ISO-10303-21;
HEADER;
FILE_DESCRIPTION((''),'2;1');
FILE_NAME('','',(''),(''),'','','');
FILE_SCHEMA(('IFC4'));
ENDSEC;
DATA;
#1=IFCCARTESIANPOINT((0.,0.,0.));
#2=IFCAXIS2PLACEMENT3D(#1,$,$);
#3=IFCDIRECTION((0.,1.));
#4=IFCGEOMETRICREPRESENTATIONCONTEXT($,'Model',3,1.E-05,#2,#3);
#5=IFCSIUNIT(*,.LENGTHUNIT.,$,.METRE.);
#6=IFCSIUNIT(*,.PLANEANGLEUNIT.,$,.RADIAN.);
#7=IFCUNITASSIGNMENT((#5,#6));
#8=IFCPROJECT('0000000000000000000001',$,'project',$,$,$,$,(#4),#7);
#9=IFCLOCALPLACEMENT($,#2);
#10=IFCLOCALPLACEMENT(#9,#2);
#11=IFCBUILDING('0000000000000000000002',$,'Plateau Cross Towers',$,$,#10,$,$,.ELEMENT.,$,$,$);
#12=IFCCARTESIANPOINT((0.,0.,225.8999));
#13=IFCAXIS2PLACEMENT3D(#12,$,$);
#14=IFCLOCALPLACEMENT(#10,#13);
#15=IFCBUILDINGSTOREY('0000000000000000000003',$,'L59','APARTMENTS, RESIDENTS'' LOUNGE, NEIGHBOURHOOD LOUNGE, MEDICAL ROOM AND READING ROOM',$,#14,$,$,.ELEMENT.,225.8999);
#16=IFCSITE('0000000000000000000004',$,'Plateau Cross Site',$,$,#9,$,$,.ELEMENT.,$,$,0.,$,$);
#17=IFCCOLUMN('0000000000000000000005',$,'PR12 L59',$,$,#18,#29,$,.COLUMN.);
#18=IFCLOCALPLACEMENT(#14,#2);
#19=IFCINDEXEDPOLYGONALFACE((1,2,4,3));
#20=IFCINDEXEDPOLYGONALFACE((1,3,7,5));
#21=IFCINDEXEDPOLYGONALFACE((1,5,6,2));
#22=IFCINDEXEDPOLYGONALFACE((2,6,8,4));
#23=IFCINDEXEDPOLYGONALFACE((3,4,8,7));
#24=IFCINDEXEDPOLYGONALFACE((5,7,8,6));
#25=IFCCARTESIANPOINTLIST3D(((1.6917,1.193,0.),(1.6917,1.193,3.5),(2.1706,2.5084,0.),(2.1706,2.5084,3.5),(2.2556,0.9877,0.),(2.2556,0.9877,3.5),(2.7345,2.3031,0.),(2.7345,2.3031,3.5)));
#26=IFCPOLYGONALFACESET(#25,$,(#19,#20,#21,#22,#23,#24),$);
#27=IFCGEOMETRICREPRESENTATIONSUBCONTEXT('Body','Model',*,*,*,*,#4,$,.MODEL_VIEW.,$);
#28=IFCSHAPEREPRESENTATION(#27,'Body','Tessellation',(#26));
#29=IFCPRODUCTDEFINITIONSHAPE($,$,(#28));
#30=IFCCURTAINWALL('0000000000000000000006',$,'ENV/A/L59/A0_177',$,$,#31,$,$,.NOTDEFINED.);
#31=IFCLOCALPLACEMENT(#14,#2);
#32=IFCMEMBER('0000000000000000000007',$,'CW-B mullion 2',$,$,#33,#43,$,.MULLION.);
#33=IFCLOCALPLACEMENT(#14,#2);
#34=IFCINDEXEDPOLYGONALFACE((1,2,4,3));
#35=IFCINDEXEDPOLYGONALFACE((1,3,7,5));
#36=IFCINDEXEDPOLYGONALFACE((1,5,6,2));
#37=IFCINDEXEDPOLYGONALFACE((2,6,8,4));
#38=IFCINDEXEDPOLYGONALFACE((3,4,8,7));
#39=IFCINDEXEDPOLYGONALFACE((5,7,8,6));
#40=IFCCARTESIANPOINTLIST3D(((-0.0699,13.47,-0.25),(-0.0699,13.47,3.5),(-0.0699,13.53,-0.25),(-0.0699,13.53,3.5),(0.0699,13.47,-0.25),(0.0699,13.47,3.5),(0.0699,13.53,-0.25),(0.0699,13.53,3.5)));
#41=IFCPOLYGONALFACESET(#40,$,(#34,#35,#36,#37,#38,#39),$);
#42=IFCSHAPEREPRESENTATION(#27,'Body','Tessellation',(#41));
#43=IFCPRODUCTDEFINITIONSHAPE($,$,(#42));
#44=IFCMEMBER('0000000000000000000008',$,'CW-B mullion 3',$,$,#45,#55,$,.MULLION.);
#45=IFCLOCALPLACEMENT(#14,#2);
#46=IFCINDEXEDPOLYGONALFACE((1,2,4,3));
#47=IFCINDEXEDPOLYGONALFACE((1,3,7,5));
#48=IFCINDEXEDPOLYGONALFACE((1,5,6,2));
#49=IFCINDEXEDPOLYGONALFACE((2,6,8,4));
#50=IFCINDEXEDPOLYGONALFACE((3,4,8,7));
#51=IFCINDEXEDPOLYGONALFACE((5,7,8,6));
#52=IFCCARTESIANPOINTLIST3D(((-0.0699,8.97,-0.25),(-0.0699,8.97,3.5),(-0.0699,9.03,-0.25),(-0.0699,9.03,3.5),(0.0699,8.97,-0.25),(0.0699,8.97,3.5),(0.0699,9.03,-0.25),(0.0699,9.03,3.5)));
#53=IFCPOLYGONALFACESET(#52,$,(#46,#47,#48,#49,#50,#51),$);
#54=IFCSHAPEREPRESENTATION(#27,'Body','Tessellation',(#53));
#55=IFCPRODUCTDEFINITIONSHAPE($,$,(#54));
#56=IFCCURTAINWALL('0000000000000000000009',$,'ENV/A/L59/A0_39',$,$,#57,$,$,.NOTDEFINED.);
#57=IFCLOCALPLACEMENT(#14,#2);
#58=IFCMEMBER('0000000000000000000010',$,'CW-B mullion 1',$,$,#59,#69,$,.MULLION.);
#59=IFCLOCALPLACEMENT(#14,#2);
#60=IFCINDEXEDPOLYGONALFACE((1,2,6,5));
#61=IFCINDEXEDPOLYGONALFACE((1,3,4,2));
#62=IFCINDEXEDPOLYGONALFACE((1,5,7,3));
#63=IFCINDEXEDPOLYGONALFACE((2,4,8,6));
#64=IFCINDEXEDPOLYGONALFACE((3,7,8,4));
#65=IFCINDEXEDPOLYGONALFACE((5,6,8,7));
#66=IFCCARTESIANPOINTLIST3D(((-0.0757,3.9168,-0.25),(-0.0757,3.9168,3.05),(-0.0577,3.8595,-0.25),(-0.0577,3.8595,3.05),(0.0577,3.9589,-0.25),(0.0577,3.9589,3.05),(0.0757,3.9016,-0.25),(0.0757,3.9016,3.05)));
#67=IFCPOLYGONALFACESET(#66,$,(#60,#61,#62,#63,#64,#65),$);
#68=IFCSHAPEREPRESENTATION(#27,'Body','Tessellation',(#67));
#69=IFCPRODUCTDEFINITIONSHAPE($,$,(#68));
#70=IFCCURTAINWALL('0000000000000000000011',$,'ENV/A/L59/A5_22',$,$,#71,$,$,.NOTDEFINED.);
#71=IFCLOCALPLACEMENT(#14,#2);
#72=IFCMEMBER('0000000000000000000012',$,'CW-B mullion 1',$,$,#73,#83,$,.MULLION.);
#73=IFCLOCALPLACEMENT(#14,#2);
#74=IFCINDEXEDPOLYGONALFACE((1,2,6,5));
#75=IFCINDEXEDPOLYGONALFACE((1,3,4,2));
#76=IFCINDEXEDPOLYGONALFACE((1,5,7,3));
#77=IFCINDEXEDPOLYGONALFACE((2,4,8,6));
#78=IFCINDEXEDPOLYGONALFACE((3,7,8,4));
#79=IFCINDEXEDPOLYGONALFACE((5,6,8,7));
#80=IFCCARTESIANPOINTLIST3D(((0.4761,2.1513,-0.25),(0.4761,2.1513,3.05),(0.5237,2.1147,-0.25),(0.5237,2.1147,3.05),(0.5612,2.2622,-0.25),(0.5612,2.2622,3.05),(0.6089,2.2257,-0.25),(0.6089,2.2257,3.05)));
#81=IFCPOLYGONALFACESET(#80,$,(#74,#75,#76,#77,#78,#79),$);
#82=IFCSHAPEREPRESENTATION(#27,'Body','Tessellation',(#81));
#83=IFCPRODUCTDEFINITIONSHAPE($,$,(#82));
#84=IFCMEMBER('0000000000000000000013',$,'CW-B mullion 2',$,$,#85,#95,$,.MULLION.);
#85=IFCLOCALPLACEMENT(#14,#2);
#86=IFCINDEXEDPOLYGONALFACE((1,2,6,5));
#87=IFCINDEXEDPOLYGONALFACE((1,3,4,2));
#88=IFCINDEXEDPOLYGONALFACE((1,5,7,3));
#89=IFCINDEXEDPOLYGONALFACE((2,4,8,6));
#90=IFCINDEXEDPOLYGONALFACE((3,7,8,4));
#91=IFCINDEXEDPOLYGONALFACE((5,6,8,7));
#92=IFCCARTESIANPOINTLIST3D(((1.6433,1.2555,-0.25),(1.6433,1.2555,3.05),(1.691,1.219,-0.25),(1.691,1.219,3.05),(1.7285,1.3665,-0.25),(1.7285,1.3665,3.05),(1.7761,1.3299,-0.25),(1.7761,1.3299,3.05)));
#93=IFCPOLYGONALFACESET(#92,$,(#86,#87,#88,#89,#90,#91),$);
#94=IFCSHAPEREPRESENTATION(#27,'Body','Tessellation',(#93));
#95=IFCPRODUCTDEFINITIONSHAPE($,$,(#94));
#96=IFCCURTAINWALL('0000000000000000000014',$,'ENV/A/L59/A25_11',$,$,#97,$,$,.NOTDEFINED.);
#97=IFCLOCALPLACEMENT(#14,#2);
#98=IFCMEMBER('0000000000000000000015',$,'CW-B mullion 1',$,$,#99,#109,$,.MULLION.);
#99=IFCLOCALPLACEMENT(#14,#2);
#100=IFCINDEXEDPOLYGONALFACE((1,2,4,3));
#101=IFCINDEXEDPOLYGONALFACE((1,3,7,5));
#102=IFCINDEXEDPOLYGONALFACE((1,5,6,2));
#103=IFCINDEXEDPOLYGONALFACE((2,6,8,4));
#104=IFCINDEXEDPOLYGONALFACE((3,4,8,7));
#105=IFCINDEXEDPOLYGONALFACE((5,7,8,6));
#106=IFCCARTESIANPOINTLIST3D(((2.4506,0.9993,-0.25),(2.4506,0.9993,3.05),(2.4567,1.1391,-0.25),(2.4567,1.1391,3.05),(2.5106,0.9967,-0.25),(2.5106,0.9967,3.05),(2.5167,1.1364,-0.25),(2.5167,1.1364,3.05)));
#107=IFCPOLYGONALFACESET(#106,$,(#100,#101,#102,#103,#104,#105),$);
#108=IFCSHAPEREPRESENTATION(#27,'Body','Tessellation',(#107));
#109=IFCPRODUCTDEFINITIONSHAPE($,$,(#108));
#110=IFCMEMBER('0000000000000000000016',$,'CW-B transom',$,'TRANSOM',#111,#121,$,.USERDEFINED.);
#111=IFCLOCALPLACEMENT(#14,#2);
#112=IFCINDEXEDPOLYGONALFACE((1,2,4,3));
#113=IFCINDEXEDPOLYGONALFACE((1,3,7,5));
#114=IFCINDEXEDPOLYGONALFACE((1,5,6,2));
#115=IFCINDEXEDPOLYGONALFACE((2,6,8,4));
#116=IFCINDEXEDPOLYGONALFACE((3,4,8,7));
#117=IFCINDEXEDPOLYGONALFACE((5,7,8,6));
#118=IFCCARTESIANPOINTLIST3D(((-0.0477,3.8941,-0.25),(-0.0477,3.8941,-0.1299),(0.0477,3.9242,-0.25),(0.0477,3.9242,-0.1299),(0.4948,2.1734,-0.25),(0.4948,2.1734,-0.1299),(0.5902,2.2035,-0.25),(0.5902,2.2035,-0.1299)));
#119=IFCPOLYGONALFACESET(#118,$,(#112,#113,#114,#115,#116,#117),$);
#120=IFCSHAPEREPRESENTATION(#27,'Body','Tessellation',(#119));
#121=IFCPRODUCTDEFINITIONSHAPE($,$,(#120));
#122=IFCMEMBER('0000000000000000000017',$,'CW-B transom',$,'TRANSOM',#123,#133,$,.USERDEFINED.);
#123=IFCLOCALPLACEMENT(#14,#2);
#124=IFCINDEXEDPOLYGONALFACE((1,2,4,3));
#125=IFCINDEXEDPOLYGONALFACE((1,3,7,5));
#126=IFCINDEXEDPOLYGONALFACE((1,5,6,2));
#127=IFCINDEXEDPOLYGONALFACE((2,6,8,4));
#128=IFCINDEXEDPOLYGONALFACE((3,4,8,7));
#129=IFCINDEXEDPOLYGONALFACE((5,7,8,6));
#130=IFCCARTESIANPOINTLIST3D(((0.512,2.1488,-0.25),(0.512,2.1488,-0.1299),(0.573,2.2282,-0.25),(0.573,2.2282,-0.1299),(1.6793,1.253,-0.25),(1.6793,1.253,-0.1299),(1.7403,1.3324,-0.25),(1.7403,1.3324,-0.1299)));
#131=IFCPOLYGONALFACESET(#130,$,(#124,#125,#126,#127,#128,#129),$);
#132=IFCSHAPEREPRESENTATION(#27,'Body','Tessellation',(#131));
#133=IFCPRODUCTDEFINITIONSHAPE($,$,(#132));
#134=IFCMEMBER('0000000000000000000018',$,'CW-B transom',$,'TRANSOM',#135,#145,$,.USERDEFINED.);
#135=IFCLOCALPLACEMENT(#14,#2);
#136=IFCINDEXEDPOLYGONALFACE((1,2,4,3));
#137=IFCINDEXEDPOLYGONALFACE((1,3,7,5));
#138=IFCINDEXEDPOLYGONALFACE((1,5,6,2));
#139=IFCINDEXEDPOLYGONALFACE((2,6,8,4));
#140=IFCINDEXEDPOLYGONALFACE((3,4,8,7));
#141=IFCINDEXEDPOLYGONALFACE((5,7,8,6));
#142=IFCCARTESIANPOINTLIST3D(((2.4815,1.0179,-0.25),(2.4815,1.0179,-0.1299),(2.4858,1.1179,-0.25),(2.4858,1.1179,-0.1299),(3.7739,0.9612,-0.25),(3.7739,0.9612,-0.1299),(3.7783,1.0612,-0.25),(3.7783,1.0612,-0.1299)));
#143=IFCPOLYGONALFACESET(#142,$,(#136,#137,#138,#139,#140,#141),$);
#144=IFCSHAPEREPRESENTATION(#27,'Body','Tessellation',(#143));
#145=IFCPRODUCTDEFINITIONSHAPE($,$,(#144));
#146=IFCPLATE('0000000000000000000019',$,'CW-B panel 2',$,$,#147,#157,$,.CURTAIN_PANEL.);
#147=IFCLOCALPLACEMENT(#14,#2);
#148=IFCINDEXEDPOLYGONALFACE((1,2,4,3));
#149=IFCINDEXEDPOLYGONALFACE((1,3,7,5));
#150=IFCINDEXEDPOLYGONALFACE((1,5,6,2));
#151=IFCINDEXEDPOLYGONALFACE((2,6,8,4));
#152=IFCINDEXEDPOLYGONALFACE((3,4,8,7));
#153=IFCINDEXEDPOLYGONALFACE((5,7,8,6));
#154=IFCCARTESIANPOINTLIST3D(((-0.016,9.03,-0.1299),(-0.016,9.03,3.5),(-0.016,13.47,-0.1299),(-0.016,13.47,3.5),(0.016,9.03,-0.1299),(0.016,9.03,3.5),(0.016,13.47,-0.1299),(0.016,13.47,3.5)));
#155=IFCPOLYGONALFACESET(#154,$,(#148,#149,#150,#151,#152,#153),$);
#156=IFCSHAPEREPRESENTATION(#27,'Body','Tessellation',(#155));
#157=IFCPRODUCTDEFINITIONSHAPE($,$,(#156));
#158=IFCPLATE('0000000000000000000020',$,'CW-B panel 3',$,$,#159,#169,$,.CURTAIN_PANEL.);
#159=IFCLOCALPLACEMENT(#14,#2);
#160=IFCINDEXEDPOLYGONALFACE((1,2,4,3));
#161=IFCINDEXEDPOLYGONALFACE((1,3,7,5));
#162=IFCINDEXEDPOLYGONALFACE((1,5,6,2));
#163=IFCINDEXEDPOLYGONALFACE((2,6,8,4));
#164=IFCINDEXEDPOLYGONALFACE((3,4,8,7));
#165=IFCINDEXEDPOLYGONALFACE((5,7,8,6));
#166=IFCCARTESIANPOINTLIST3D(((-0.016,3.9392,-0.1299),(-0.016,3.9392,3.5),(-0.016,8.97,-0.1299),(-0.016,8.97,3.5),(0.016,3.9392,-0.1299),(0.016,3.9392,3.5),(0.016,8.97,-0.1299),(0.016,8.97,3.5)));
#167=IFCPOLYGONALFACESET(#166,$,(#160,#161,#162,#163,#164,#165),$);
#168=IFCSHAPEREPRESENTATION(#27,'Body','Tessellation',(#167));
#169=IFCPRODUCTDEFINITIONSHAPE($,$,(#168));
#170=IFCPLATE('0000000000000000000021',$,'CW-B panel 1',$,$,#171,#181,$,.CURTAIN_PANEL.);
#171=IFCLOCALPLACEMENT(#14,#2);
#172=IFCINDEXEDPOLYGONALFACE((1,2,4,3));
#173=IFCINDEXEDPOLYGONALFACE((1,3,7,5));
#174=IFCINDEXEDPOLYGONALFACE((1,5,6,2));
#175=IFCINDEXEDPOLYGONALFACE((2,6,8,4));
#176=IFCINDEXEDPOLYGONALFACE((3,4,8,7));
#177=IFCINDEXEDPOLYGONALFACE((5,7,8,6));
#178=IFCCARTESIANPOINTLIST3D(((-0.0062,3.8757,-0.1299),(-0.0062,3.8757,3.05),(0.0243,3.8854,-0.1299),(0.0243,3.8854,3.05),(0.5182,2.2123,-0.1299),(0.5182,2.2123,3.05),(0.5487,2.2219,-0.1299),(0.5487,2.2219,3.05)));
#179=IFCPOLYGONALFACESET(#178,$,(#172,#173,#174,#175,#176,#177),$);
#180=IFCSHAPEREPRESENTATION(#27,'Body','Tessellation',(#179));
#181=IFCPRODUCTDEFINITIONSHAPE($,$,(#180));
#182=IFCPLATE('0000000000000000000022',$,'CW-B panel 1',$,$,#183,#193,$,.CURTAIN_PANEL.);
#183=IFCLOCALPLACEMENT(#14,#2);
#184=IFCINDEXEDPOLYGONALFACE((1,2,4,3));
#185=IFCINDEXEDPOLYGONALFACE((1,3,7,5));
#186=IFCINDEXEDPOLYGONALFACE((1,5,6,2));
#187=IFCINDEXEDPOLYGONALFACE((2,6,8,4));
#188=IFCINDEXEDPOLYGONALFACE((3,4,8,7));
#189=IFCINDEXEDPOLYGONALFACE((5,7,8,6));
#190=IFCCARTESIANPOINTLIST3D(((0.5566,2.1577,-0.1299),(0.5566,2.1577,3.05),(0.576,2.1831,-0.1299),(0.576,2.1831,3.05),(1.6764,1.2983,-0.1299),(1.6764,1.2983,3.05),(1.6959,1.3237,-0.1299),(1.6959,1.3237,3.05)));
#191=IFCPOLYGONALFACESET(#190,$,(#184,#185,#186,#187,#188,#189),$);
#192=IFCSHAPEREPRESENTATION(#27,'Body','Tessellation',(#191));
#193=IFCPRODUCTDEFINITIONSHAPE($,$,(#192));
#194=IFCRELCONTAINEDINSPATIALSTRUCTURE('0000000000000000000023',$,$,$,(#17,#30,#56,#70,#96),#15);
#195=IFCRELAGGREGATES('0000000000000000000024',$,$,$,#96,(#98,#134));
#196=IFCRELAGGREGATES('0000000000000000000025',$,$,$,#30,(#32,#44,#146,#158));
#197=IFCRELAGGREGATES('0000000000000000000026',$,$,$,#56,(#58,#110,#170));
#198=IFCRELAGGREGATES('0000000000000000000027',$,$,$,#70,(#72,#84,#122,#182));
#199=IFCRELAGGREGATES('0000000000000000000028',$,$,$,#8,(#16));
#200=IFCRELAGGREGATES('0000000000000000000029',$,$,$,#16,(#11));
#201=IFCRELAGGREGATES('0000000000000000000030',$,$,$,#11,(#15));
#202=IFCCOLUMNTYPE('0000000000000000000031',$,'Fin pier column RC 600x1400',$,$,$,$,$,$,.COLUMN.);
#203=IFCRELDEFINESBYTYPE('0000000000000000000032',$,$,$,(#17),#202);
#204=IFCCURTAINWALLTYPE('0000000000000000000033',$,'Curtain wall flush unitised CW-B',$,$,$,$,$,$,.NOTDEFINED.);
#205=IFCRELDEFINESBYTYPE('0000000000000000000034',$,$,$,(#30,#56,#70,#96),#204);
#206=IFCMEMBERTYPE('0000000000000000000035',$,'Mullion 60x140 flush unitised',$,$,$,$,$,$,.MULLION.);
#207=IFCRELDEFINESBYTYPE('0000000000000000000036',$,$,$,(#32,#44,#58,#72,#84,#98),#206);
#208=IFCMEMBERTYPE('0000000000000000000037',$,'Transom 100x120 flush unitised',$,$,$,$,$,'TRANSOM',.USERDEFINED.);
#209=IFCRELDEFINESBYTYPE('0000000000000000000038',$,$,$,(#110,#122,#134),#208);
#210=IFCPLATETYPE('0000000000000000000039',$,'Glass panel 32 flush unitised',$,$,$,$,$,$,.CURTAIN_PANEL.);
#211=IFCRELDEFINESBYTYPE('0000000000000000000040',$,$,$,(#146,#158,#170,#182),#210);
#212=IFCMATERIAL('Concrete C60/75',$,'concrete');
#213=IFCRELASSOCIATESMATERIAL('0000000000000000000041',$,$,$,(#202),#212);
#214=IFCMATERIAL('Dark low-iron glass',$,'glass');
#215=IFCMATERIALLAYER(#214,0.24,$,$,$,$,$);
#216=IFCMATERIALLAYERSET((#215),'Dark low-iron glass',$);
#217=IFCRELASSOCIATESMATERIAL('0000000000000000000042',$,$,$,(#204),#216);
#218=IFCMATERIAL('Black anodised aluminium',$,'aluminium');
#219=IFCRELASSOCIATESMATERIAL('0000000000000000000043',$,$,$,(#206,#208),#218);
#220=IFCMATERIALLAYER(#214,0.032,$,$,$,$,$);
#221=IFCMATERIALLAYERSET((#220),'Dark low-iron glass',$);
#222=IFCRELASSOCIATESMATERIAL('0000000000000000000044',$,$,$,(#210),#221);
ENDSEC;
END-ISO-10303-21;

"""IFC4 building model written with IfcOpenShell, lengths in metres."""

from ifc_helpers import new_model, si_unit, direction, frame, origin, origin_2d, place, context, subcontext, project, spatial, rectangle, extrude, material, layer, layer_set, material_profile, profile_set, type_object, element, aggregate, save


model = new_model("IFC4")

# Units and contexts
model_context = context("Model", 3, precision=1e-05, world=origin(), true_north=direction((0.0, 1.0)))
body_context = subcontext(model_context, "Body", "Model", "MODEL_VIEW")
ifc_project = project(units=[si_unit("LENGTHUNIT", "METRE"), si_unit("PLANEANGLEUNIT", "RADIAN")], contexts=[model_context])

# Site, building, storey
site_placement = place(None, origin())
site = spatial("IfcSite", under=ifc_project, at=site_placement, Name="Plateau Cross Site", CompositionType="ELEMENT", RefElevation=0.0)
building_placement = place(site_placement, origin())
building = spatial("IfcBuilding", under=site, at=building_placement, Name="Plateau Cross Towers", CompositionType="ELEMENT")
storey_placement = place(building_placement, frame((0.0, 0.0, 225.8999)))
storey = spatial("IfcBuildingStorey", under=building, at=storey_placement, Name="L59", Description="APARTMENTS, RESIDENTS' LOUNGE, NEIGHBOURHOOD LOUNGE, MEDICAL ROOM AND READING ROOM", CompositionType="ELEMENT", Elevation=225.8999)

# Column
ifc_material_1 = material(Name="Concrete C60/75", Category="concrete")
ifc_material_profile_1 = material_profile(ifc_material_1, rectangle(XDim=0.6001, YDim=1.3999, at=origin_2d()), Name="RC 600x1400")
ifc_profile_set_1 = profile_set([ifc_material_profile_1], Name="Concrete C60/75")
column_type = type_object("IfcColumnType", Name="Fin pier column RC 600x1400", PredefinedType="COLUMN", material=ifc_profile_set_1)
column_placement = place(storey_placement, frame((2.2131, 1.748, 0.0), z_axis=(0.0, 0.0, 1.0), x_axis=(-0.939664, 0.342098, 0.0)))
element("IfcColumn", 1, at=column_placement, inside=storey, type_object=column_type, Name="PR12 L59", PredefinedType="COLUMN", context=body_context, shape_type="SweptSolid", body=[
    extrude(rectangle(XDim=0.6001, YDim=1.3999, at=origin_2d()), origin(), (0.0, 0.0, 1.0), 3.5),
])

# Curtain wall, members
ifc_material_2 = material(Name="Dark low-iron glass", Category="glass")
ifc_layer_1 = layer(ifc_material_2, 0.24)
ifc_layer_set_1 = layer_set([ifc_layer_1], Name="Dark low-iron glass")
curtain_wall_type = type_object("IfcCurtainWallType", Name="Curtain wall flush unitised CW-B", PredefinedType="NOTDEFINED", material=ifc_layer_set_1)
curtain_wall_1_placement = place(storey_placement, origin())
curtain_wall_1 = element("IfcCurtainWall", 2, at=curtain_wall_1_placement, inside=storey, type_object=curtain_wall_type, Name="ENV/A/L59/A0_177", PredefinedType="NOTDEFINED")
ifc_material_3 = material(Name="Black anodised aluminium", Category="aluminium")
ifc_material_profile_2 = material_profile(ifc_material_3, rectangle(XDim=0.0601, YDim=0.1399, at=origin_2d()), Name="MULLION 60x140")
ifc_profile_set_2 = profile_set([ifc_material_profile_2], Name="Black anodised aluminium")
member_type_1 = type_object("IfcMemberType", Name="Mullion 60x140 flush unitised", PredefinedType="MULLION", material=ifc_profile_set_2)
member_1_placement = place(storey_placement, frame((0.0, 13.5, -0.25), z_axis=(0.0, 0.0, 1.0), x_axis=(0.0, -1.0, 0.0)))
member_1 = element("IfcMember", 3, at=member_1_placement, type_object=member_type_1, Name="CW-B mullion 2", PredefinedType="MULLION", context=body_context, shape_type="SweptSolid", body=[
    extrude(rectangle(XDim=0.0601, YDim=0.1399, at=origin_2d()), origin(), (0.0, 0.0, 1.0), 3.75),
])
member_2_placement = place(storey_placement, frame((0.0, 9.0, -0.25), z_axis=(0.0, 0.0, 1.0), x_axis=(0.0, -1.0, 0.0)))
member_2 = element("IfcMember", 4, at=member_2_placement, type_object=member_type_1, Name="CW-B mullion 3", PredefinedType="MULLION", context=body_context, shape_type="SweptSolid", body=[
    extrude(rectangle(XDim=0.0601, YDim=0.1399, at=origin_2d()), origin(), (0.0, 0.0, 1.0), 3.75),
])

# Curtain wall, member
curtain_wall_2_placement = place(storey_placement, origin())
curtain_wall_2 = element("IfcCurtainWall", 5, at=curtain_wall_2_placement, inside=storey, type_object=curtain_wall_type, Name="ENV/A/L59/A0_39", PredefinedType="NOTDEFINED")
member_3_placement = place(storey_placement, frame((0.0, 3.9092, -0.25), z_axis=(0.0, 0.0, 1.0), x_axis=(0.300686, -0.953723, 0.0)))
member_3 = element("IfcMember", 6, at=member_3_placement, type_object=member_type_1, Name="CW-B mullion 1", PredefinedType="MULLION", context=body_context, shape_type="SweptSolid", body=[
    extrude(rectangle(XDim=0.0601, YDim=0.1399, at=origin_2d()), origin(), (0.0, 0.0, 1.0), 3.3),
])

# Curtain wall, members
curtain_wall_3_placement = place(storey_placement, origin())
curtain_wall_3 = element("IfcCurtainWall", 7, at=curtain_wall_3_placement, inside=storey, type_object=curtain_wall_type, Name="ENV/A/L59/A5_22", PredefinedType="NOTDEFINED")
member_4_placement = place(storey_placement, frame((0.5425, 2.1885, -0.25), z_axis=(0.0, 0.0, 1.0), x_axis=(0.793316, -0.608811, 0.0)))
member_4 = element("IfcMember", 8, at=member_4_placement, type_object=member_type_1, Name="CW-B mullion 1", PredefinedType="MULLION", context=body_context, shape_type="SweptSolid", body=[
    extrude(rectangle(XDim=0.0601, YDim=0.1399, at=origin_2d()), origin(), (0.0, 0.0, 1.0), 3.3),
])
member_5_placement = place(storey_placement, frame((1.7097, 1.2927, -0.25), z_axis=(0.0, 0.0, 1.0), x_axis=(0.793316, -0.608811, 0.0)))
member_5 = element("IfcMember", 9, at=member_5_placement, type_object=member_type_1, Name="CW-B mullion 2", PredefinedType="MULLION", context=body_context, shape_type="SweptSolid", body=[
    extrude(rectangle(XDim=0.0601, YDim=0.1399, at=origin_2d()), origin(), (0.0, 0.0, 1.0), 3.3),
])

# Curtain wall, member
curtain_wall_4_placement = place(storey_placement, origin())
curtain_wall_4 = element("IfcCurtainWall", 10, at=curtain_wall_4_placement, inside=storey, type_object=curtain_wall_type, Name="ENV/A/L59/A25_11", PredefinedType="NOTDEFINED")
member_6_placement = place(storey_placement, frame((2.4836, 1.0679, -0.25), z_axis=(0.0, 0.0, 1.0), x_axis=(0.999044, -0.043723, 0.0)))
member_6 = element("IfcMember", 11, at=member_6_placement, type_object=member_type_1, Name="CW-B mullion 1", PredefinedType="MULLION", context=body_context, shape_type="SweptSolid", body=[
    extrude(rectangle(XDim=0.0601, YDim=0.1399, at=origin_2d()), origin(), (0.0, 0.0, 1.0), 3.3),
])

# Members
ifc_material_profile_3 = material_profile(ifc_material_3, rectangle(XDim=0.1001, YDim=0.1201, at=origin_2d()), Name="TRANSOM 100x120")
ifc_profile_set_3 = profile_set([ifc_material_profile_3], Name="Black anodised aluminium")
member_type_2 = type_object("IfcMemberType", Name="Transom 100x120 flush unitised", ElementType="TRANSOM", PredefinedType="USERDEFINED", material=ifc_profile_set_3)
member_7_placement = place(storey_placement, frame((0.0, 3.9092, -0.1899), z_axis=(0.300678, -0.953726, 0.0), x_axis=(0.953726, 0.300678, 0.0)))
member_7 = element("IfcMember", 12, at=member_7_placement, type_object=member_type_2, Name="CW-B transom", ObjectType="TRANSOM", PredefinedType="USERDEFINED", context=body_context, shape_type="SweptSolid", body=[
    extrude(rectangle(XDim=0.1001, YDim=0.1201, at=origin_2d()), origin(), (0.0, 0.0, 1.0), 1.8042),
])
member_8_placement = place(storey_placement, frame((0.5425, 2.1885, -0.1899), z_axis=(0.793321, -0.608804, 0.0), x_axis=(0.608804, 0.793321, 0.0)))
member_8 = element("IfcMember", 13, at=member_8_placement, type_object=member_type_2, Name="CW-B transom", ObjectType="TRANSOM", PredefinedType="USERDEFINED", context=body_context, shape_type="SweptSolid", body=[
    extrude(rectangle(XDim=0.1001, YDim=0.1201, at=origin_2d()), origin(), (0.0, 0.0, 1.0), 1.4714),
])
member_9_placement = place(storey_placement, frame((2.4836, 1.0679, -0.1899), z_axis=(0.999041, -0.043781, 0.0), x_axis=(0.043781, 0.999041, 0.0)))
member_9 = element("IfcMember", 14, at=member_9_placement, type_object=member_type_2, Name="CW-B transom", ObjectType="TRANSOM", PredefinedType="USERDEFINED", context=body_context, shape_type="SweptSolid", body=[
    extrude(rectangle(XDim=0.1001, YDim=0.1201, at=origin_2d()), origin(), (0.0, 0.0, 1.0), 1.2937),
])
aggregate(curtain_wall_4, [member_6, member_9])

# Plates
ifc_layer_2 = layer(ifc_material_2, 0.032)
ifc_layer_set_2 = layer_set([ifc_layer_2], Name="Dark low-iron glass")
plate_type = type_object("IfcPlateType", Name="Glass panel 32 flush unitised", PredefinedType="CURTAIN_PANEL", material=ifc_layer_set_2)
plate_1_placement = place(storey_placement, frame((0.0, 11.25, -0.1299), z_axis=(0.0, 0.0, 1.0), x_axis=(0.0, -1.0, 0.0)))
plate_1 = element("IfcPlate", 15, at=plate_1_placement, type_object=plate_type, Name="CW-B panel 2", PredefinedType="CURTAIN_PANEL", context=body_context, shape_type="SweptSolid", body=[
    extrude(rectangle(XDim=4.4399, YDim=0.032, at=origin_2d()), origin(), (0.0, 0.0, 1.0), 3.6299),
])
plate_2_placement = place(storey_placement, frame((0.0, 6.4546, -0.1299), z_axis=(0.0, 0.0, 1.0), x_axis=(0.0, -1.0, 0.0)))
plate_2 = element("IfcPlate", 16, at=plate_2_placement, type_object=plate_type, Name="CW-B panel 3", PredefinedType="CURTAIN_PANEL", context=body_context, shape_type="SweptSolid", body=[
    extrude(rectangle(XDim=5.0308, YDim=0.032, at=origin_2d()), origin(), (0.0, 0.0, 1.0), 3.6299),
])
aggregate(curtain_wall_1, [member_1, member_2, plate_1, plate_2])
plate_3_placement = place(storey_placement, frame((0.2712, 3.0488, -0.1299), z_axis=(0.0, 0.0, 1.0), x_axis=(0.300686, -0.953723, 0.0)))
plate_3 = element("IfcPlate", 17, at=plate_3_placement, type_object=plate_type, Name="CW-B panel 1", PredefinedType="CURTAIN_PANEL", context=body_context, shape_type="SweptSolid", body=[
    extrude(rectangle(XDim=1.7441, YDim=0.032, at=origin_2d()), origin(), (0.0, 0.0, 1.0), 3.1799),
])
aggregate(curtain_wall_2, [member_3, member_7, plate_3])
plate_4_placement = place(storey_placement, frame((1.1262, 1.7407, -0.1299), z_axis=(0.0, 0.0, 1.0), x_axis=(0.793316, -0.608811, 0.0)))
plate_4 = element("IfcPlate", 18, at=plate_4_placement, type_object=plate_type, Name="CW-B panel 1", PredefinedType="CURTAIN_PANEL", context=body_context, shape_type="SweptSolid", body=[
    extrude(rectangle(XDim=1.4116, YDim=0.032, at=origin_2d()), origin(), (0.0, 0.0, 1.0), 3.1799),
])
aggregate(curtain_wall_3, [member_4, member_5, member_8, plate_4])

save(model, "model.ifc")
